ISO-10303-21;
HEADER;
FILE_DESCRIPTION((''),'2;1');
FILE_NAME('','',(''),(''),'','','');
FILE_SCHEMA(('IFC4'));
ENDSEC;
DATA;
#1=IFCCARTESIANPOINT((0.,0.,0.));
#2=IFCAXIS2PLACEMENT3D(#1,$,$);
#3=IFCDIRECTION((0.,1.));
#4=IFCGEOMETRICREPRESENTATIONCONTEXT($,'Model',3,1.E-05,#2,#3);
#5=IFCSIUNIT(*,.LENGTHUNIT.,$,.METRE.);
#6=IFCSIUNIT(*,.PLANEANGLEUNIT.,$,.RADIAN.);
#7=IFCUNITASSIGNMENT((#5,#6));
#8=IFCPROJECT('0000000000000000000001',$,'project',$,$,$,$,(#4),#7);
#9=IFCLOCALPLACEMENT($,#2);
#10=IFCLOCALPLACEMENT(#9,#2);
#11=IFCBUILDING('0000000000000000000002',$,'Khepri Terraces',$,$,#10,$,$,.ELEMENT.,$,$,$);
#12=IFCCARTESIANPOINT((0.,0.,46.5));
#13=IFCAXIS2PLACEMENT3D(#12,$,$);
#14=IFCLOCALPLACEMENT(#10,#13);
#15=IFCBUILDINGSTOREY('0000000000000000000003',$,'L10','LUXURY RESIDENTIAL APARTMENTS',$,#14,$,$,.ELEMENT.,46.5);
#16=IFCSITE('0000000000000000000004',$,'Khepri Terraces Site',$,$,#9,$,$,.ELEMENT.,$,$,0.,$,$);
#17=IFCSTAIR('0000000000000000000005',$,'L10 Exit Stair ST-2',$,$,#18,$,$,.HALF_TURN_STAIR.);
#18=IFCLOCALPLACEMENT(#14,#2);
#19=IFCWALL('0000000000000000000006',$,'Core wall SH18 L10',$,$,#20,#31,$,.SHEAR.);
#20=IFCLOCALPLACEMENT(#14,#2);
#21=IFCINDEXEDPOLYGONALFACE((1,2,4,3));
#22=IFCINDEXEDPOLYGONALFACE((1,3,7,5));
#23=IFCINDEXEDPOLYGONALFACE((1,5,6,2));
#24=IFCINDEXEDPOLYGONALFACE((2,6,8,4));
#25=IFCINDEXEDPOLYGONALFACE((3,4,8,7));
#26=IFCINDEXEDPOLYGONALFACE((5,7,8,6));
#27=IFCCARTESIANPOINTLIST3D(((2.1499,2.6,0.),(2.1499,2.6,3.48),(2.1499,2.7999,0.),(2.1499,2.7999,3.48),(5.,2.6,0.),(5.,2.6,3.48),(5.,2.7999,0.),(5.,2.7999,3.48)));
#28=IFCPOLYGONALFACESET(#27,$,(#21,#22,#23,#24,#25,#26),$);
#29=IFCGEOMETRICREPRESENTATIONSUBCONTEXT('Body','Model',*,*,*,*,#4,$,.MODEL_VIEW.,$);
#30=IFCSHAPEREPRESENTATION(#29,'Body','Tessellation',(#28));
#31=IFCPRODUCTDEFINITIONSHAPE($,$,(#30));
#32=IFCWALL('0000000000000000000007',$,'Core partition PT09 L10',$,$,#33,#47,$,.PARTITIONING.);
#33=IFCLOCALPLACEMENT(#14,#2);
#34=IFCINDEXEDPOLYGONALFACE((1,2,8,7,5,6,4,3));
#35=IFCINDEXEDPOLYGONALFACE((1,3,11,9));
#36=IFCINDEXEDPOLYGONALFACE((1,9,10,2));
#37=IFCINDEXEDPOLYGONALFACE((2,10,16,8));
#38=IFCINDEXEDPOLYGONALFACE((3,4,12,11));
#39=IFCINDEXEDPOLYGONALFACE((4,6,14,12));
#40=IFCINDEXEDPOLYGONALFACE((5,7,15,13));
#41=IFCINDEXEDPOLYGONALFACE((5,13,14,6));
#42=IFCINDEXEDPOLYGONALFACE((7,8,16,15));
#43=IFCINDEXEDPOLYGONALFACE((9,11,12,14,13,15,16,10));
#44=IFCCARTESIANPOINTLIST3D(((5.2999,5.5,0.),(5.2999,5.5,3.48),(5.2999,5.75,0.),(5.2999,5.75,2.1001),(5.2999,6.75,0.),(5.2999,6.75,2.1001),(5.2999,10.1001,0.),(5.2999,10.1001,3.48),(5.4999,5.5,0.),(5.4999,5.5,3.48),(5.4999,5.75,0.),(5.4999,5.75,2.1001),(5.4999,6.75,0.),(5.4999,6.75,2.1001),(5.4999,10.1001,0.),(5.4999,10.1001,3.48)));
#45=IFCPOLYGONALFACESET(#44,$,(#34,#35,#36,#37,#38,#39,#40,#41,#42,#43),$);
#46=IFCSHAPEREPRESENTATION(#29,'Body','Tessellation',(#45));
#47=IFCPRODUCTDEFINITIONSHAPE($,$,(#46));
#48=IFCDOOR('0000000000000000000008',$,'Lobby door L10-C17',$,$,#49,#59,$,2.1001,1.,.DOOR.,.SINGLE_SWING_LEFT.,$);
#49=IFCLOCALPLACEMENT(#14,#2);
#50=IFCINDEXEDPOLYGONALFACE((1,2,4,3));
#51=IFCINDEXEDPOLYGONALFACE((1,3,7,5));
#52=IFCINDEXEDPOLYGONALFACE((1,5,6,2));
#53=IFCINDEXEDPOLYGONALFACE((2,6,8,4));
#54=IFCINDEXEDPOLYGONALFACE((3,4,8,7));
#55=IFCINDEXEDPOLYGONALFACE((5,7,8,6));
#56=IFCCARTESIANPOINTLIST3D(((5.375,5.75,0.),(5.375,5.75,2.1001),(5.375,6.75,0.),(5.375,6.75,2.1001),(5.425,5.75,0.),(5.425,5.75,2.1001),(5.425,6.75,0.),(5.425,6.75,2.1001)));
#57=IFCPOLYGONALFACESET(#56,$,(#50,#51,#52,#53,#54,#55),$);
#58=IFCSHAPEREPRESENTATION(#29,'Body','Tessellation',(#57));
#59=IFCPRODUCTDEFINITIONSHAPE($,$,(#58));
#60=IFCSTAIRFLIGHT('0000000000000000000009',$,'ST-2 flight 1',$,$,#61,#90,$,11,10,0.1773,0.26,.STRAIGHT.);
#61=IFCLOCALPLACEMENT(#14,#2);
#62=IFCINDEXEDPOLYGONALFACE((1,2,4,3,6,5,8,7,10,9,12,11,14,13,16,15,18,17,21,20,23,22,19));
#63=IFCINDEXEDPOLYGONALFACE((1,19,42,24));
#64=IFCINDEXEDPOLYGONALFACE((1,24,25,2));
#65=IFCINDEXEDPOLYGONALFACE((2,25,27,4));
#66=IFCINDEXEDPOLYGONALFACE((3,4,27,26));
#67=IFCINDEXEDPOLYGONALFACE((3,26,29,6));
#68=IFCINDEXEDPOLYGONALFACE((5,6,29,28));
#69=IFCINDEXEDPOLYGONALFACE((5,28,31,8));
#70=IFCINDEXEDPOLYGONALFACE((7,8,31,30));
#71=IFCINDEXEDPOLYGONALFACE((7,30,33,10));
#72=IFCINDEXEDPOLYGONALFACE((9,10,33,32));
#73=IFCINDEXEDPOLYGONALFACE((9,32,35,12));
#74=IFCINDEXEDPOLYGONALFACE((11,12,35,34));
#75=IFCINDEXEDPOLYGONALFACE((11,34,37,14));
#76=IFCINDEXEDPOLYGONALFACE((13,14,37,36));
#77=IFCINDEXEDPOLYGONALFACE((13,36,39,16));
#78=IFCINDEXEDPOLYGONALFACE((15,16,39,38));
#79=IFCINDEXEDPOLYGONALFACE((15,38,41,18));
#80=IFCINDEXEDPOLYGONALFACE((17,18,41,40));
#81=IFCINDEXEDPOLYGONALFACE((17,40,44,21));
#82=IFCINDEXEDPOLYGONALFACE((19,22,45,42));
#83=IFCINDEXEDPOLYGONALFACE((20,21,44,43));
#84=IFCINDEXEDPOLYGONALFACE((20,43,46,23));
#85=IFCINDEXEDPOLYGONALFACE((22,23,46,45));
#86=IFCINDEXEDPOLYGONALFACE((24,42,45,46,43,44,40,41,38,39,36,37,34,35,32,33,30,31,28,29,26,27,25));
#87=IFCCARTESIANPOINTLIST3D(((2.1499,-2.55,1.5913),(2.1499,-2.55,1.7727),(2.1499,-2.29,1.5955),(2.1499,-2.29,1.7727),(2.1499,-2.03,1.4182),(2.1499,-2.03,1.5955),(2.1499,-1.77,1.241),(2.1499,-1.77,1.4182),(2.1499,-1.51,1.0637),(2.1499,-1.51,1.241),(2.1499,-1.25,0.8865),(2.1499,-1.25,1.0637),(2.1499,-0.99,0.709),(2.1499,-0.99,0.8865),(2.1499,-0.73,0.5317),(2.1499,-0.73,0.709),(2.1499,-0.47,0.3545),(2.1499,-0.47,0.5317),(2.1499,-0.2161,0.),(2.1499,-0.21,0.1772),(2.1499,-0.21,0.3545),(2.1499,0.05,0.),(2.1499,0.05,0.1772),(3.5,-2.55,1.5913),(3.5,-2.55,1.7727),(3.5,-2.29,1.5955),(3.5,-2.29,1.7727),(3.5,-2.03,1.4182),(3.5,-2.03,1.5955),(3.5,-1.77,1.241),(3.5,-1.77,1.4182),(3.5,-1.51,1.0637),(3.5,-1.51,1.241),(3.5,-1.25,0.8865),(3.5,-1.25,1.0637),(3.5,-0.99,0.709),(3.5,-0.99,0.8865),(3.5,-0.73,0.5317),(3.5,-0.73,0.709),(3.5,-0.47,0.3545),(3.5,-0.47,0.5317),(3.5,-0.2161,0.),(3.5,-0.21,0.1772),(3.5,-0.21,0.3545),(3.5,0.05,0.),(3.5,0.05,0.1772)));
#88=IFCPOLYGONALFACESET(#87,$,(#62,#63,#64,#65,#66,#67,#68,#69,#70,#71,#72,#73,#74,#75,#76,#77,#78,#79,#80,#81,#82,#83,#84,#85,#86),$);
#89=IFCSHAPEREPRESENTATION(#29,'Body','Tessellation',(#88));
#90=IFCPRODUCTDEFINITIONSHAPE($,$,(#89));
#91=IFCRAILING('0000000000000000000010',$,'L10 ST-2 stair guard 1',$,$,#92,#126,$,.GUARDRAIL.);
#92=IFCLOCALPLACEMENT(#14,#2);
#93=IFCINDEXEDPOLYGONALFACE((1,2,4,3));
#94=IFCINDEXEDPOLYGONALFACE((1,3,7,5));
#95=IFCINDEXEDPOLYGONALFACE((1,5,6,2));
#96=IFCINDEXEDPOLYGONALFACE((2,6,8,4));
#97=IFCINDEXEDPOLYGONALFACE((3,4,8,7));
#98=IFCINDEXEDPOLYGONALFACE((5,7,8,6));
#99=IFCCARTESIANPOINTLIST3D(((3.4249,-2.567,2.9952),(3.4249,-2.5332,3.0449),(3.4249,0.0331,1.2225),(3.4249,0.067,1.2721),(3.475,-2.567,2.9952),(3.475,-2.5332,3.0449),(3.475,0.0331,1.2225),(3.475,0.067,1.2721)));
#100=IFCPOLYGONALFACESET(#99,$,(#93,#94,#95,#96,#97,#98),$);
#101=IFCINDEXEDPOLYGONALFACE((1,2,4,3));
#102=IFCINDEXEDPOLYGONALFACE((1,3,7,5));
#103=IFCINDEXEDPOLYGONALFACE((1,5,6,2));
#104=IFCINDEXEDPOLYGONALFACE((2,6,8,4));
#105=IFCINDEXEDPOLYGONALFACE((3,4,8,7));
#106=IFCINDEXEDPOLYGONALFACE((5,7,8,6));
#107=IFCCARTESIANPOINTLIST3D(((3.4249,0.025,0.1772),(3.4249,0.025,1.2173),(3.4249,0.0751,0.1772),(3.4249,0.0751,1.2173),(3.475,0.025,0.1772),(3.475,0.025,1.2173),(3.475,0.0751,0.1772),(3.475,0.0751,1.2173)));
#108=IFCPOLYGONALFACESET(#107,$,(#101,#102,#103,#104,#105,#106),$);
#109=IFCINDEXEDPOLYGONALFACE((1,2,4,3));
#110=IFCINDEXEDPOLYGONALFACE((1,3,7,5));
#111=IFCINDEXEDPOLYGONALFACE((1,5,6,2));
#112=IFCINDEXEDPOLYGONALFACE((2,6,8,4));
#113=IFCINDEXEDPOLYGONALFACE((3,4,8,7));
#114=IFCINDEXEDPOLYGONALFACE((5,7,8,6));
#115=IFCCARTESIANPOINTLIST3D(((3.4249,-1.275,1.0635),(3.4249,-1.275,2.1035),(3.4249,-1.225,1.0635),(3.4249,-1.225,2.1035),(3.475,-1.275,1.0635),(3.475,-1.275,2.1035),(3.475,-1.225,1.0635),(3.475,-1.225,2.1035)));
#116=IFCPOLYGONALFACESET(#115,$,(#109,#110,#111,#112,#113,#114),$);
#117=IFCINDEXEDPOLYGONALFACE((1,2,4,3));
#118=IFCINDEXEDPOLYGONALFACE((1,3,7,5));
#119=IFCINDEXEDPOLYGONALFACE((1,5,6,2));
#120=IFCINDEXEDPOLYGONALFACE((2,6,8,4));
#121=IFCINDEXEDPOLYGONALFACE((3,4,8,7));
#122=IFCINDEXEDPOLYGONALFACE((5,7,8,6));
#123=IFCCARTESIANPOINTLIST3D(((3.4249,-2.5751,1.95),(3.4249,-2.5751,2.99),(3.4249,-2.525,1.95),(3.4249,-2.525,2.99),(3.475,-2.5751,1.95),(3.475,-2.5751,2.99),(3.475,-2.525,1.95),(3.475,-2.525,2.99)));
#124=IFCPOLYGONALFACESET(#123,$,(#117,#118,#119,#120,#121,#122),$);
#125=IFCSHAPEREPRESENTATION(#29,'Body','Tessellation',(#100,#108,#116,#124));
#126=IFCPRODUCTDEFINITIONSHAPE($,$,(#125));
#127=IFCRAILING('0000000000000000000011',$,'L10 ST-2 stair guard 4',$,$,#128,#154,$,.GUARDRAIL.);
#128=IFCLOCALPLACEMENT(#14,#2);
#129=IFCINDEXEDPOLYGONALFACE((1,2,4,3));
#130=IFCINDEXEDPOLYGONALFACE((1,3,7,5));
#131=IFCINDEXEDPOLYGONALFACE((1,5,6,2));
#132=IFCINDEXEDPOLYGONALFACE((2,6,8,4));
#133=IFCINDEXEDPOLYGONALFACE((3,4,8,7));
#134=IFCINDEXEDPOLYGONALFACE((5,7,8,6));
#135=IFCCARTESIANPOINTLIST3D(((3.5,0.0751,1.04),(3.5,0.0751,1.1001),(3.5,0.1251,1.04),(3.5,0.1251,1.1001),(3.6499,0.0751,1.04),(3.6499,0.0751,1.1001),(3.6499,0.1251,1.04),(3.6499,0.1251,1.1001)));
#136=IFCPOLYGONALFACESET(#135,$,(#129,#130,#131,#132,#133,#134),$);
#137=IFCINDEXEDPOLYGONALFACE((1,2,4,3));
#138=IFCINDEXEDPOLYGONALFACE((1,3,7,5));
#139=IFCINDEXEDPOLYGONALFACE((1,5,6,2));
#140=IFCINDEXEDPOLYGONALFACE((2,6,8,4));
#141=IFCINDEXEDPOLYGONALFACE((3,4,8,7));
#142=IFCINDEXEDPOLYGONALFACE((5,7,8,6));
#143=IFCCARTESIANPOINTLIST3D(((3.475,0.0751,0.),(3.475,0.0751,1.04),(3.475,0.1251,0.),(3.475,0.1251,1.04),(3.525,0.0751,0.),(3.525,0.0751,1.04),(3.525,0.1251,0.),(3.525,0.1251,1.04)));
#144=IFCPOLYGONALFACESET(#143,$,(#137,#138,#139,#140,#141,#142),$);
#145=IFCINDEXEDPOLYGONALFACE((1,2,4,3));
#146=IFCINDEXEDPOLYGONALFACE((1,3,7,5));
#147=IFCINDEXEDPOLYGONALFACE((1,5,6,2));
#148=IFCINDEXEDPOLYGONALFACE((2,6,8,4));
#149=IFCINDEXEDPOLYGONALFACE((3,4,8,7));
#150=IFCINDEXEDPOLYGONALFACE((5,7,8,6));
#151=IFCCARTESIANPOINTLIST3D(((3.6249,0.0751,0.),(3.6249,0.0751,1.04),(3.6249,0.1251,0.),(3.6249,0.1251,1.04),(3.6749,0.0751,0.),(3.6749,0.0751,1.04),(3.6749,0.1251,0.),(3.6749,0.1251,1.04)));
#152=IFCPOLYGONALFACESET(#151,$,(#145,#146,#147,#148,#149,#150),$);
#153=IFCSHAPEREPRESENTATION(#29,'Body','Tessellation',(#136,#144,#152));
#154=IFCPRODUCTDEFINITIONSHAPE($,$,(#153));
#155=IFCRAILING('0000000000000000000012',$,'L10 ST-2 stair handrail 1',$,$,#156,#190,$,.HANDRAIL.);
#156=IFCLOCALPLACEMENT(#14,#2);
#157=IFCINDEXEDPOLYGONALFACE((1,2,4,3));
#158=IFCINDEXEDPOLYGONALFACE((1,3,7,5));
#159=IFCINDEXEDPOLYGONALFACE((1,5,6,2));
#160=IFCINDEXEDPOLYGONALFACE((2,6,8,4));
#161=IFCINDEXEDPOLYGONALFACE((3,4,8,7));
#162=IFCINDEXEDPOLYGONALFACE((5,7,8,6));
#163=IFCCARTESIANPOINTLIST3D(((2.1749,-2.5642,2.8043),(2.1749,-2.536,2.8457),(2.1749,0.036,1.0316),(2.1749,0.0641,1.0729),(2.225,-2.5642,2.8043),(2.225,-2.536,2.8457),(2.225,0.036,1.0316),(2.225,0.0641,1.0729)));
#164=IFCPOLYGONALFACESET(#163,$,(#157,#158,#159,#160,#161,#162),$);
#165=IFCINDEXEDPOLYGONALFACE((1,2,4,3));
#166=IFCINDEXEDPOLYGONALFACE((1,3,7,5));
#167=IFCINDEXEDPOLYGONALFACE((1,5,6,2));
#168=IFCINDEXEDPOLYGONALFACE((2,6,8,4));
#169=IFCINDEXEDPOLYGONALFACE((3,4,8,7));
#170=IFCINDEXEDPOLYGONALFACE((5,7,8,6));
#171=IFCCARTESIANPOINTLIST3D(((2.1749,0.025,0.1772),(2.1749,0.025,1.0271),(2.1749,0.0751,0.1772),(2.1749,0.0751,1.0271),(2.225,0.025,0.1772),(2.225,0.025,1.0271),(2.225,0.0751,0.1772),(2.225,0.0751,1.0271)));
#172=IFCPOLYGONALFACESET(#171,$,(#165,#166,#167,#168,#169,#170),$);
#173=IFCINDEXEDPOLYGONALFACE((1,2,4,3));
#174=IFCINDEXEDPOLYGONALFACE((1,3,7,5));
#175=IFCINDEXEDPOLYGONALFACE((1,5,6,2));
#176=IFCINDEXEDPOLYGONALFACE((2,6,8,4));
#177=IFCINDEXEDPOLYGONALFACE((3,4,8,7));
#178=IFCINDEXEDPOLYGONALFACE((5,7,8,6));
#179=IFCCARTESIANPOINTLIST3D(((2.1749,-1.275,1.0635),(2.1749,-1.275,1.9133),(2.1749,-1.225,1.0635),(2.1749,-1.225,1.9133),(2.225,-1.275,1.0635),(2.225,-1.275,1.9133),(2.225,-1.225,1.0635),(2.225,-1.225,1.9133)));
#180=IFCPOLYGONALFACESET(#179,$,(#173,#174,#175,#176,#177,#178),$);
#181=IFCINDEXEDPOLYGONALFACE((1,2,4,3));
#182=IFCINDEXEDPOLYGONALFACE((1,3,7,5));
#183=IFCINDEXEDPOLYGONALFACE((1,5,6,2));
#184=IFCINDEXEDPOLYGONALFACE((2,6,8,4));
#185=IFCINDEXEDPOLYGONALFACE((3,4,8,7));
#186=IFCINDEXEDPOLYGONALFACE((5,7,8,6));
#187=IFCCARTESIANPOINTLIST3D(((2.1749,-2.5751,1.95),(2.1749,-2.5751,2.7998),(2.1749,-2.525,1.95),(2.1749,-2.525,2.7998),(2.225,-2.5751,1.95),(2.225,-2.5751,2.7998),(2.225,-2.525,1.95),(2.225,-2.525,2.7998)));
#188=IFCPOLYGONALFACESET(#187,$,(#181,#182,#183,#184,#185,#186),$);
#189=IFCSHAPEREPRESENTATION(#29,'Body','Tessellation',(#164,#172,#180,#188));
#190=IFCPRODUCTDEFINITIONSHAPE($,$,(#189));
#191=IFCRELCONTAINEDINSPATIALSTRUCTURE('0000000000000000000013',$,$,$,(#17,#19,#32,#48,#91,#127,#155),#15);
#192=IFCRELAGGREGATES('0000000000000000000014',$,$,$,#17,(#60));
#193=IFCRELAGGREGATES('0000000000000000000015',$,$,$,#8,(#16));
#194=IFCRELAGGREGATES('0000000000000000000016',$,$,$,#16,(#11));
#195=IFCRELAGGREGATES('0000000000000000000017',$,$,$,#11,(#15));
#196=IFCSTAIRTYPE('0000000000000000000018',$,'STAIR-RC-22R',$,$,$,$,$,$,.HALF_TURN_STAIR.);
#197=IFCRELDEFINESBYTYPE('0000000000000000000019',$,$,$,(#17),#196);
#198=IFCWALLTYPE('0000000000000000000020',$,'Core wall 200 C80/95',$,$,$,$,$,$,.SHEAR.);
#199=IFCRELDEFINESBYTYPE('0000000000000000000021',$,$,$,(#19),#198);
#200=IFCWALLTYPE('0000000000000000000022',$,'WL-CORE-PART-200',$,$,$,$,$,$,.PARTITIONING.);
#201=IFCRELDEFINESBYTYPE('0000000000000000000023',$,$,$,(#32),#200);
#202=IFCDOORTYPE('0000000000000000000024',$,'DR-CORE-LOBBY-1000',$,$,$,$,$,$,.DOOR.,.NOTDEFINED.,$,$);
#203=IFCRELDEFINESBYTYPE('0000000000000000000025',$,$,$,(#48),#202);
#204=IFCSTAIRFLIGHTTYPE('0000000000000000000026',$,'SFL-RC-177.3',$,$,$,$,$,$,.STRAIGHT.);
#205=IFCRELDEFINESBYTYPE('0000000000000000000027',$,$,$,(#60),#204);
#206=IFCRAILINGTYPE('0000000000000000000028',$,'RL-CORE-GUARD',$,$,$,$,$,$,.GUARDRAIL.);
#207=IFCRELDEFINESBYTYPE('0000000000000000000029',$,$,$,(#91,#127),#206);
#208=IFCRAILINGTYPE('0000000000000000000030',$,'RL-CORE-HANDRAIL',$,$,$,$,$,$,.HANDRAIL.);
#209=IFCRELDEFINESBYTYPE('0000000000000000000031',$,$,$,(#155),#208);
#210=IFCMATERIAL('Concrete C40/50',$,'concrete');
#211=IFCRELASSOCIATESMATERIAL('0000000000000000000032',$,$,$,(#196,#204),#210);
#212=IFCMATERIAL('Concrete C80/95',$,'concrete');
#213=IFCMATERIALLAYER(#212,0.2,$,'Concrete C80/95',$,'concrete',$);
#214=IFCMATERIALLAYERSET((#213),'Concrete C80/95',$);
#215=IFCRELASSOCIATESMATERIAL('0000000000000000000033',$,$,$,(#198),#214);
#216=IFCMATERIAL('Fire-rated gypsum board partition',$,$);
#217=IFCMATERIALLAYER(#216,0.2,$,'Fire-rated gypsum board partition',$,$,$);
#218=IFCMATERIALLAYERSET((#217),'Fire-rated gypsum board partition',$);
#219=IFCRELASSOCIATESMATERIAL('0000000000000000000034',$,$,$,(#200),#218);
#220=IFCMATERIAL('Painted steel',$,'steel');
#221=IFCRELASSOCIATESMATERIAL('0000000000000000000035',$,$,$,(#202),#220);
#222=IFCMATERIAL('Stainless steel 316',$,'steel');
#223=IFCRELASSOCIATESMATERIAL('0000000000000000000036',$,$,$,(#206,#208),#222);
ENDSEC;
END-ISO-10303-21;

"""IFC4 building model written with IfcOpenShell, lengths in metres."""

from ifc_helpers import new_model, si_unit, direction, frame, frame_2d, origin, origin_2d, place, context, subcontext, project, spatial, polyline, rectangle, outline, extrude, material, layer, layer_set, type_object, element, fill, aggregate, save


model = new_model("IFC4")

# Units and contexts
model_context = context("Model", 3, precision=1e-05, world=origin(), true_north=direction((0.0, 1.0)))
body_context = subcontext(model_context, "Body", "Model", "MODEL_VIEW")
ifc_project = project(units=[si_unit("LENGTHUNIT", "METRE"), si_unit("PLANEANGLEUNIT", "RADIAN")], contexts=[model_context])

# Site, building, storey
site_placement = place(None, origin())
site = spatial("IfcSite", under=ifc_project, at=site_placement, Name="Khepri Terraces Site", CompositionType="ELEMENT", RefElevation=0.0)
building_placement = place(site_placement, origin())
building = spatial("IfcBuilding", under=site, at=building_placement, Name="Khepri Terraces", CompositionType="ELEMENT")
storey_placement = place(building_placement, frame((0.0, 0.0, 46.5)))
storey = spatial("IfcBuildingStorey", under=building, at=storey_placement, Name="L10", Description="LUXURY RESIDENTIAL APARTMENTS", CompositionType="ELEMENT", Elevation=46.5)

# Stair
ifc_material_1 = material(Name="Concrete C40/50", Category="concrete")
stair_type = type_object("IfcStairType", Name="STAIR-RC-22R", PredefinedType="HALF_TURN_STAIR", material=ifc_material_1)
stair_1_placement = place(storey_placement, origin())
stair_1 = element("IfcStair", 1, at=stair_1_placement, inside=storey, type_object=stair_type, Name="L10 Exit Stair ST-2", PredefinedType="HALF_TURN_STAIR")

# Shared definitions
ifc_material_2 = material(Name="Concrete C80/95", Category="concrete")
ifc_layer_1 = layer(ifc_material_2, 0.2, Name="Concrete C80/95", Category="concrete")
ifc_layer_set_1 = layer_set([ifc_layer_1], Name="Concrete C80/95")
wall_type_1 = type_object("IfcWallType", Name="Core wall 200 C80/95", PredefinedType="SHEAR", material=ifc_layer_set_1)

# Shared definitions
ifc_material_3 = material(Name="Painted steel", Category="steel")

# Wall
wall_1_placement = place(storey_placement, frame((2.1499, 2.7, 0.0), z_axis=(0.0, 0.0, 1.0), x_axis=(1.0, 0.0, 0.0)))
element("IfcWall", 2, at=wall_1_placement, inside=storey, type_object=wall_type_1, Name="Core wall SH18 L10", PredefinedType="SHEAR", context=body_context, shape_type="SweptSolid", body=[
    extrude(rectangle(XDim=2.8501, YDim=0.2, at=frame_2d((1.425, 0.0))), origin(), (0.0, 0.0, 1.0), 3.48),
])

# Wall, opening, door
ifc_material_4 = material(Name="Fire-rated gypsum board partition")
ifc_layer_2 = layer(ifc_material_4, 0.2, Name="Fire-rated gypsum board partition")
ifc_layer_set_2 = layer_set([ifc_layer_2], Name="Fire-rated gypsum board partition")
wall_type_2 = type_object("IfcWallType", Name="WL-CORE-PART-200", PredefinedType="PARTITIONING", material=ifc_layer_set_2)
wall_2_placement = place(storey_placement, frame((5.3999, 5.5, 0.0), z_axis=(0.0, 0.0, 1.0), x_axis=(0.0, 1.0, 0.0)))
wall_2 = element("IfcWall", 3, at=wall_2_placement, inside=storey, type_object=wall_type_2, Name="Core partition PT09 L10", PredefinedType="PARTITIONING", context=body_context, shape_type="SweptSolid", body=[
    extrude(rectangle(XDim=4.6001, YDim=0.2, at=frame_2d((2.3, 0.0))), origin(), (0.0, 0.0, 1.0), 3.48),
])
opening_1_placement = place(wall_2_placement, frame((0.25, 0.0, 0.0)))
opening_1 = element("IfcOpeningElement", 4, at=opening_1_placement, cuts=wall_2, PredefinedType="OPENING", context=body_context, shape_type="SweptSolid", body=[
    extrude(rectangle(XDim=1.0, YDim=2.1001, at=frame_2d((0.5, 1.05))), frame((0.0, 0.1099, 0.0), z_axis=(0.0, -1.0, 0.0), x_axis=(1.0, 0.0, 0.0)), (0.0, 0.0, 1.0), 0.22),
])
door_type_1 = type_object("IfcDoorType", Name="DR-CORE-LOBBY-1000", OperationType="NOTDEFINED", PredefinedType="DOOR", material=ifc_material_3)
door_1_placement = place(opening_1_placement, origin())
door_1 = element("IfcDoor", 5, at=door_1_placement, inside=storey, type_object=door_type_1, Name="Lobby door L10-C17", OperationType="SINGLE_SWING_LEFT", OverallHeight=2.1001, OverallWidth=1.0, PredefinedType="DOOR", context=body_context, shape_type="SweptSolid", body=[
    extrude(rectangle(XDim=1.0, YDim=2.1001, at=frame_2d((0.5, 1.05))), frame((0.0, 0.0249, 0.0), z_axis=(0.0, -1.0, 0.0), x_axis=(1.0, 0.0, 0.0)), (0.0, 0.0, 1.0), 0.05),
])
fill(opening_1, door_1)

# Stair flight
stair_flight_type = type_object("IfcStairFlightType", Name="SFL-RC-177.3", PredefinedType="STRAIGHT", material=ifc_material_1)
stair_flight_placement = place(storey_placement, frame((2.825, 0.05, 0.0), z_axis=(0.0, 0.0, 1.0), x_axis=(0.0, -1.0, 0.0)))
stair_flight = element("IfcStairFlight", 6, at=stair_flight_placement, type_object=stair_flight_type, Name="ST-2 flight 1", NumberOfRisers=11, NumberOfTreads=10, PredefinedType="STRAIGHT", RiserHeight=0.1773, TreadLength=0.26, context=body_context, shape_type="SweptSolid", body=[
    extrude(outline(polyline([(0.0, 0.0), (0.0, 0.1772), (0.26, 0.1772), (0.26, 0.3545), (0.52, 0.3545), (0.52, 0.5317), (0.78, 0.5317), (0.78, 0.709), (1.04, 0.709), (1.04, 0.8865), (1.3, 0.8865), (1.3, 1.0637), (1.5601, 1.0637), (1.5601, 1.241), (1.8201, 1.241), (1.8201, 1.4182), (2.0801, 1.4182), (2.0801, 1.5955), (2.3401, 1.5955), (2.3401, 1.7727), (2.6001, 1.7727), (2.6001, 1.95), (2.6001, 1.5913), (0.2661, 0.0), (0.0, 0.0)])), frame((0.0, 0.675, 0.0), z_axis=(0.0, -1.0, 0.0), x_axis=(1.0, 0.0, 0.0)), (0.0, 0.0, 1.0), 1.3501),
])
aggregate(stair_1, [stair_flight])

# Railings
ifc_material_5 = material(Name="Stainless steel 316", Category="steel")
railing_type_1 = type_object("IfcRailingType", Name="RL-CORE-GUARD", PredefinedType="GUARDRAIL", material=ifc_material_5)
railing_1_placement = place(storey_placement, frame((3.45, 0.05, 0.1772)))
element("IfcRailing", 7, at=railing_1_placement, inside=storey, type_object=railing_type_1, Name="L10 ST-2 stair guard 1", PredefinedType="GUARDRAIL", context=body_context, shape_type="SweptSolid", body=[
    extrude(rectangle(XDim=0.05, YDim=0.0601, at=origin_2d()), frame((0.0, 0.0, 1.0701), z_axis=(0.0, -0.82624, 0.563318), x_axis=(1.0, 0.0, 0.0)), (0.0, 0.0, 1.0), 3.147),
    extrude(rectangle(XDim=0.05, YDim=0.05, at=origin_2d()), origin(), (0.0, 0.0, 1.0), 1.04),
    extrude(rectangle(XDim=0.05, YDim=0.05, at=origin_2d()), frame((0.0, -1.3, 0.8862)), (0.0, 0.0, 1.0), 1.04),
    extrude(rectangle(XDim=0.05, YDim=0.05, at=origin_2d()), frame((0.0, -2.6001, 1.7727)), (0.0, 0.0, 1.0), 1.04),
])
railing_2_placement = place(storey_placement, frame((3.5, 0.1001, 0.0)))
element("IfcRailing", 8, at=railing_2_placement, inside=storey, type_object=railing_type_1, Name="L10 ST-2 stair guard 4", PredefinedType="GUARDRAIL", context=body_context, shape_type="SweptSolid", body=[
    extrude(rectangle(XDim=0.05, YDim=0.0601, at=origin_2d()), frame((0.0, 0.0, 1.0701), z_axis=(1.0, 0.0, 0.0), x_axis=(0.0, 1.0, 0.0)), (0.0, 0.0, 1.0), 0.1499),
    extrude(rectangle(XDim=0.05, YDim=0.05, at=origin_2d()), origin(), (0.0, 0.0, 1.0), 1.04),
    extrude(rectangle(XDim=0.05, YDim=0.05, at=origin_2d()), frame((0.1499, 0.0, 0.0)), (0.0, 0.0, 1.0), 1.04),
])
railing_type_2 = type_object("IfcRailingType", Name="RL-CORE-HANDRAIL", PredefinedType="HANDRAIL", material=ifc_material_5)
railing_3_placement = place(storey_placement, frame((2.2, 0.05, 0.1772)))
element("IfcRailing", 9, at=railing_3_placement, inside=storey, type_object=railing_type_2, Name="L10 ST-2 stair handrail 1", PredefinedType="HANDRAIL", context=body_context, shape_type="SweptSolid", body=[
    extrude(rectangle(XDim=0.05, YDim=0.05, at=origin_2d()), frame((0.0, 0.0, 0.875), z_axis=(0.0, -0.82624, 0.563318), x_axis=(1.0, 0.0, 0.0)), (0.0, 0.0, 1.0), 3.147),
    extrude(rectangle(XDim=0.05, YDim=0.05, at=origin_2d()), origin(), (0.0, 0.0, 1.0), 0.8499),
    extrude(rectangle(XDim=0.05, YDim=0.05, at=origin_2d()), frame((0.0, -1.3, 0.8862)), (0.0, 0.0, 1.0), 0.8499),
    extrude(rectangle(XDim=0.05, YDim=0.05, at=origin_2d()), frame((0.0, -2.6001, 1.7727)), (0.0, 0.0, 1.0), 0.8499),
])

save(model, "model.ifc")
